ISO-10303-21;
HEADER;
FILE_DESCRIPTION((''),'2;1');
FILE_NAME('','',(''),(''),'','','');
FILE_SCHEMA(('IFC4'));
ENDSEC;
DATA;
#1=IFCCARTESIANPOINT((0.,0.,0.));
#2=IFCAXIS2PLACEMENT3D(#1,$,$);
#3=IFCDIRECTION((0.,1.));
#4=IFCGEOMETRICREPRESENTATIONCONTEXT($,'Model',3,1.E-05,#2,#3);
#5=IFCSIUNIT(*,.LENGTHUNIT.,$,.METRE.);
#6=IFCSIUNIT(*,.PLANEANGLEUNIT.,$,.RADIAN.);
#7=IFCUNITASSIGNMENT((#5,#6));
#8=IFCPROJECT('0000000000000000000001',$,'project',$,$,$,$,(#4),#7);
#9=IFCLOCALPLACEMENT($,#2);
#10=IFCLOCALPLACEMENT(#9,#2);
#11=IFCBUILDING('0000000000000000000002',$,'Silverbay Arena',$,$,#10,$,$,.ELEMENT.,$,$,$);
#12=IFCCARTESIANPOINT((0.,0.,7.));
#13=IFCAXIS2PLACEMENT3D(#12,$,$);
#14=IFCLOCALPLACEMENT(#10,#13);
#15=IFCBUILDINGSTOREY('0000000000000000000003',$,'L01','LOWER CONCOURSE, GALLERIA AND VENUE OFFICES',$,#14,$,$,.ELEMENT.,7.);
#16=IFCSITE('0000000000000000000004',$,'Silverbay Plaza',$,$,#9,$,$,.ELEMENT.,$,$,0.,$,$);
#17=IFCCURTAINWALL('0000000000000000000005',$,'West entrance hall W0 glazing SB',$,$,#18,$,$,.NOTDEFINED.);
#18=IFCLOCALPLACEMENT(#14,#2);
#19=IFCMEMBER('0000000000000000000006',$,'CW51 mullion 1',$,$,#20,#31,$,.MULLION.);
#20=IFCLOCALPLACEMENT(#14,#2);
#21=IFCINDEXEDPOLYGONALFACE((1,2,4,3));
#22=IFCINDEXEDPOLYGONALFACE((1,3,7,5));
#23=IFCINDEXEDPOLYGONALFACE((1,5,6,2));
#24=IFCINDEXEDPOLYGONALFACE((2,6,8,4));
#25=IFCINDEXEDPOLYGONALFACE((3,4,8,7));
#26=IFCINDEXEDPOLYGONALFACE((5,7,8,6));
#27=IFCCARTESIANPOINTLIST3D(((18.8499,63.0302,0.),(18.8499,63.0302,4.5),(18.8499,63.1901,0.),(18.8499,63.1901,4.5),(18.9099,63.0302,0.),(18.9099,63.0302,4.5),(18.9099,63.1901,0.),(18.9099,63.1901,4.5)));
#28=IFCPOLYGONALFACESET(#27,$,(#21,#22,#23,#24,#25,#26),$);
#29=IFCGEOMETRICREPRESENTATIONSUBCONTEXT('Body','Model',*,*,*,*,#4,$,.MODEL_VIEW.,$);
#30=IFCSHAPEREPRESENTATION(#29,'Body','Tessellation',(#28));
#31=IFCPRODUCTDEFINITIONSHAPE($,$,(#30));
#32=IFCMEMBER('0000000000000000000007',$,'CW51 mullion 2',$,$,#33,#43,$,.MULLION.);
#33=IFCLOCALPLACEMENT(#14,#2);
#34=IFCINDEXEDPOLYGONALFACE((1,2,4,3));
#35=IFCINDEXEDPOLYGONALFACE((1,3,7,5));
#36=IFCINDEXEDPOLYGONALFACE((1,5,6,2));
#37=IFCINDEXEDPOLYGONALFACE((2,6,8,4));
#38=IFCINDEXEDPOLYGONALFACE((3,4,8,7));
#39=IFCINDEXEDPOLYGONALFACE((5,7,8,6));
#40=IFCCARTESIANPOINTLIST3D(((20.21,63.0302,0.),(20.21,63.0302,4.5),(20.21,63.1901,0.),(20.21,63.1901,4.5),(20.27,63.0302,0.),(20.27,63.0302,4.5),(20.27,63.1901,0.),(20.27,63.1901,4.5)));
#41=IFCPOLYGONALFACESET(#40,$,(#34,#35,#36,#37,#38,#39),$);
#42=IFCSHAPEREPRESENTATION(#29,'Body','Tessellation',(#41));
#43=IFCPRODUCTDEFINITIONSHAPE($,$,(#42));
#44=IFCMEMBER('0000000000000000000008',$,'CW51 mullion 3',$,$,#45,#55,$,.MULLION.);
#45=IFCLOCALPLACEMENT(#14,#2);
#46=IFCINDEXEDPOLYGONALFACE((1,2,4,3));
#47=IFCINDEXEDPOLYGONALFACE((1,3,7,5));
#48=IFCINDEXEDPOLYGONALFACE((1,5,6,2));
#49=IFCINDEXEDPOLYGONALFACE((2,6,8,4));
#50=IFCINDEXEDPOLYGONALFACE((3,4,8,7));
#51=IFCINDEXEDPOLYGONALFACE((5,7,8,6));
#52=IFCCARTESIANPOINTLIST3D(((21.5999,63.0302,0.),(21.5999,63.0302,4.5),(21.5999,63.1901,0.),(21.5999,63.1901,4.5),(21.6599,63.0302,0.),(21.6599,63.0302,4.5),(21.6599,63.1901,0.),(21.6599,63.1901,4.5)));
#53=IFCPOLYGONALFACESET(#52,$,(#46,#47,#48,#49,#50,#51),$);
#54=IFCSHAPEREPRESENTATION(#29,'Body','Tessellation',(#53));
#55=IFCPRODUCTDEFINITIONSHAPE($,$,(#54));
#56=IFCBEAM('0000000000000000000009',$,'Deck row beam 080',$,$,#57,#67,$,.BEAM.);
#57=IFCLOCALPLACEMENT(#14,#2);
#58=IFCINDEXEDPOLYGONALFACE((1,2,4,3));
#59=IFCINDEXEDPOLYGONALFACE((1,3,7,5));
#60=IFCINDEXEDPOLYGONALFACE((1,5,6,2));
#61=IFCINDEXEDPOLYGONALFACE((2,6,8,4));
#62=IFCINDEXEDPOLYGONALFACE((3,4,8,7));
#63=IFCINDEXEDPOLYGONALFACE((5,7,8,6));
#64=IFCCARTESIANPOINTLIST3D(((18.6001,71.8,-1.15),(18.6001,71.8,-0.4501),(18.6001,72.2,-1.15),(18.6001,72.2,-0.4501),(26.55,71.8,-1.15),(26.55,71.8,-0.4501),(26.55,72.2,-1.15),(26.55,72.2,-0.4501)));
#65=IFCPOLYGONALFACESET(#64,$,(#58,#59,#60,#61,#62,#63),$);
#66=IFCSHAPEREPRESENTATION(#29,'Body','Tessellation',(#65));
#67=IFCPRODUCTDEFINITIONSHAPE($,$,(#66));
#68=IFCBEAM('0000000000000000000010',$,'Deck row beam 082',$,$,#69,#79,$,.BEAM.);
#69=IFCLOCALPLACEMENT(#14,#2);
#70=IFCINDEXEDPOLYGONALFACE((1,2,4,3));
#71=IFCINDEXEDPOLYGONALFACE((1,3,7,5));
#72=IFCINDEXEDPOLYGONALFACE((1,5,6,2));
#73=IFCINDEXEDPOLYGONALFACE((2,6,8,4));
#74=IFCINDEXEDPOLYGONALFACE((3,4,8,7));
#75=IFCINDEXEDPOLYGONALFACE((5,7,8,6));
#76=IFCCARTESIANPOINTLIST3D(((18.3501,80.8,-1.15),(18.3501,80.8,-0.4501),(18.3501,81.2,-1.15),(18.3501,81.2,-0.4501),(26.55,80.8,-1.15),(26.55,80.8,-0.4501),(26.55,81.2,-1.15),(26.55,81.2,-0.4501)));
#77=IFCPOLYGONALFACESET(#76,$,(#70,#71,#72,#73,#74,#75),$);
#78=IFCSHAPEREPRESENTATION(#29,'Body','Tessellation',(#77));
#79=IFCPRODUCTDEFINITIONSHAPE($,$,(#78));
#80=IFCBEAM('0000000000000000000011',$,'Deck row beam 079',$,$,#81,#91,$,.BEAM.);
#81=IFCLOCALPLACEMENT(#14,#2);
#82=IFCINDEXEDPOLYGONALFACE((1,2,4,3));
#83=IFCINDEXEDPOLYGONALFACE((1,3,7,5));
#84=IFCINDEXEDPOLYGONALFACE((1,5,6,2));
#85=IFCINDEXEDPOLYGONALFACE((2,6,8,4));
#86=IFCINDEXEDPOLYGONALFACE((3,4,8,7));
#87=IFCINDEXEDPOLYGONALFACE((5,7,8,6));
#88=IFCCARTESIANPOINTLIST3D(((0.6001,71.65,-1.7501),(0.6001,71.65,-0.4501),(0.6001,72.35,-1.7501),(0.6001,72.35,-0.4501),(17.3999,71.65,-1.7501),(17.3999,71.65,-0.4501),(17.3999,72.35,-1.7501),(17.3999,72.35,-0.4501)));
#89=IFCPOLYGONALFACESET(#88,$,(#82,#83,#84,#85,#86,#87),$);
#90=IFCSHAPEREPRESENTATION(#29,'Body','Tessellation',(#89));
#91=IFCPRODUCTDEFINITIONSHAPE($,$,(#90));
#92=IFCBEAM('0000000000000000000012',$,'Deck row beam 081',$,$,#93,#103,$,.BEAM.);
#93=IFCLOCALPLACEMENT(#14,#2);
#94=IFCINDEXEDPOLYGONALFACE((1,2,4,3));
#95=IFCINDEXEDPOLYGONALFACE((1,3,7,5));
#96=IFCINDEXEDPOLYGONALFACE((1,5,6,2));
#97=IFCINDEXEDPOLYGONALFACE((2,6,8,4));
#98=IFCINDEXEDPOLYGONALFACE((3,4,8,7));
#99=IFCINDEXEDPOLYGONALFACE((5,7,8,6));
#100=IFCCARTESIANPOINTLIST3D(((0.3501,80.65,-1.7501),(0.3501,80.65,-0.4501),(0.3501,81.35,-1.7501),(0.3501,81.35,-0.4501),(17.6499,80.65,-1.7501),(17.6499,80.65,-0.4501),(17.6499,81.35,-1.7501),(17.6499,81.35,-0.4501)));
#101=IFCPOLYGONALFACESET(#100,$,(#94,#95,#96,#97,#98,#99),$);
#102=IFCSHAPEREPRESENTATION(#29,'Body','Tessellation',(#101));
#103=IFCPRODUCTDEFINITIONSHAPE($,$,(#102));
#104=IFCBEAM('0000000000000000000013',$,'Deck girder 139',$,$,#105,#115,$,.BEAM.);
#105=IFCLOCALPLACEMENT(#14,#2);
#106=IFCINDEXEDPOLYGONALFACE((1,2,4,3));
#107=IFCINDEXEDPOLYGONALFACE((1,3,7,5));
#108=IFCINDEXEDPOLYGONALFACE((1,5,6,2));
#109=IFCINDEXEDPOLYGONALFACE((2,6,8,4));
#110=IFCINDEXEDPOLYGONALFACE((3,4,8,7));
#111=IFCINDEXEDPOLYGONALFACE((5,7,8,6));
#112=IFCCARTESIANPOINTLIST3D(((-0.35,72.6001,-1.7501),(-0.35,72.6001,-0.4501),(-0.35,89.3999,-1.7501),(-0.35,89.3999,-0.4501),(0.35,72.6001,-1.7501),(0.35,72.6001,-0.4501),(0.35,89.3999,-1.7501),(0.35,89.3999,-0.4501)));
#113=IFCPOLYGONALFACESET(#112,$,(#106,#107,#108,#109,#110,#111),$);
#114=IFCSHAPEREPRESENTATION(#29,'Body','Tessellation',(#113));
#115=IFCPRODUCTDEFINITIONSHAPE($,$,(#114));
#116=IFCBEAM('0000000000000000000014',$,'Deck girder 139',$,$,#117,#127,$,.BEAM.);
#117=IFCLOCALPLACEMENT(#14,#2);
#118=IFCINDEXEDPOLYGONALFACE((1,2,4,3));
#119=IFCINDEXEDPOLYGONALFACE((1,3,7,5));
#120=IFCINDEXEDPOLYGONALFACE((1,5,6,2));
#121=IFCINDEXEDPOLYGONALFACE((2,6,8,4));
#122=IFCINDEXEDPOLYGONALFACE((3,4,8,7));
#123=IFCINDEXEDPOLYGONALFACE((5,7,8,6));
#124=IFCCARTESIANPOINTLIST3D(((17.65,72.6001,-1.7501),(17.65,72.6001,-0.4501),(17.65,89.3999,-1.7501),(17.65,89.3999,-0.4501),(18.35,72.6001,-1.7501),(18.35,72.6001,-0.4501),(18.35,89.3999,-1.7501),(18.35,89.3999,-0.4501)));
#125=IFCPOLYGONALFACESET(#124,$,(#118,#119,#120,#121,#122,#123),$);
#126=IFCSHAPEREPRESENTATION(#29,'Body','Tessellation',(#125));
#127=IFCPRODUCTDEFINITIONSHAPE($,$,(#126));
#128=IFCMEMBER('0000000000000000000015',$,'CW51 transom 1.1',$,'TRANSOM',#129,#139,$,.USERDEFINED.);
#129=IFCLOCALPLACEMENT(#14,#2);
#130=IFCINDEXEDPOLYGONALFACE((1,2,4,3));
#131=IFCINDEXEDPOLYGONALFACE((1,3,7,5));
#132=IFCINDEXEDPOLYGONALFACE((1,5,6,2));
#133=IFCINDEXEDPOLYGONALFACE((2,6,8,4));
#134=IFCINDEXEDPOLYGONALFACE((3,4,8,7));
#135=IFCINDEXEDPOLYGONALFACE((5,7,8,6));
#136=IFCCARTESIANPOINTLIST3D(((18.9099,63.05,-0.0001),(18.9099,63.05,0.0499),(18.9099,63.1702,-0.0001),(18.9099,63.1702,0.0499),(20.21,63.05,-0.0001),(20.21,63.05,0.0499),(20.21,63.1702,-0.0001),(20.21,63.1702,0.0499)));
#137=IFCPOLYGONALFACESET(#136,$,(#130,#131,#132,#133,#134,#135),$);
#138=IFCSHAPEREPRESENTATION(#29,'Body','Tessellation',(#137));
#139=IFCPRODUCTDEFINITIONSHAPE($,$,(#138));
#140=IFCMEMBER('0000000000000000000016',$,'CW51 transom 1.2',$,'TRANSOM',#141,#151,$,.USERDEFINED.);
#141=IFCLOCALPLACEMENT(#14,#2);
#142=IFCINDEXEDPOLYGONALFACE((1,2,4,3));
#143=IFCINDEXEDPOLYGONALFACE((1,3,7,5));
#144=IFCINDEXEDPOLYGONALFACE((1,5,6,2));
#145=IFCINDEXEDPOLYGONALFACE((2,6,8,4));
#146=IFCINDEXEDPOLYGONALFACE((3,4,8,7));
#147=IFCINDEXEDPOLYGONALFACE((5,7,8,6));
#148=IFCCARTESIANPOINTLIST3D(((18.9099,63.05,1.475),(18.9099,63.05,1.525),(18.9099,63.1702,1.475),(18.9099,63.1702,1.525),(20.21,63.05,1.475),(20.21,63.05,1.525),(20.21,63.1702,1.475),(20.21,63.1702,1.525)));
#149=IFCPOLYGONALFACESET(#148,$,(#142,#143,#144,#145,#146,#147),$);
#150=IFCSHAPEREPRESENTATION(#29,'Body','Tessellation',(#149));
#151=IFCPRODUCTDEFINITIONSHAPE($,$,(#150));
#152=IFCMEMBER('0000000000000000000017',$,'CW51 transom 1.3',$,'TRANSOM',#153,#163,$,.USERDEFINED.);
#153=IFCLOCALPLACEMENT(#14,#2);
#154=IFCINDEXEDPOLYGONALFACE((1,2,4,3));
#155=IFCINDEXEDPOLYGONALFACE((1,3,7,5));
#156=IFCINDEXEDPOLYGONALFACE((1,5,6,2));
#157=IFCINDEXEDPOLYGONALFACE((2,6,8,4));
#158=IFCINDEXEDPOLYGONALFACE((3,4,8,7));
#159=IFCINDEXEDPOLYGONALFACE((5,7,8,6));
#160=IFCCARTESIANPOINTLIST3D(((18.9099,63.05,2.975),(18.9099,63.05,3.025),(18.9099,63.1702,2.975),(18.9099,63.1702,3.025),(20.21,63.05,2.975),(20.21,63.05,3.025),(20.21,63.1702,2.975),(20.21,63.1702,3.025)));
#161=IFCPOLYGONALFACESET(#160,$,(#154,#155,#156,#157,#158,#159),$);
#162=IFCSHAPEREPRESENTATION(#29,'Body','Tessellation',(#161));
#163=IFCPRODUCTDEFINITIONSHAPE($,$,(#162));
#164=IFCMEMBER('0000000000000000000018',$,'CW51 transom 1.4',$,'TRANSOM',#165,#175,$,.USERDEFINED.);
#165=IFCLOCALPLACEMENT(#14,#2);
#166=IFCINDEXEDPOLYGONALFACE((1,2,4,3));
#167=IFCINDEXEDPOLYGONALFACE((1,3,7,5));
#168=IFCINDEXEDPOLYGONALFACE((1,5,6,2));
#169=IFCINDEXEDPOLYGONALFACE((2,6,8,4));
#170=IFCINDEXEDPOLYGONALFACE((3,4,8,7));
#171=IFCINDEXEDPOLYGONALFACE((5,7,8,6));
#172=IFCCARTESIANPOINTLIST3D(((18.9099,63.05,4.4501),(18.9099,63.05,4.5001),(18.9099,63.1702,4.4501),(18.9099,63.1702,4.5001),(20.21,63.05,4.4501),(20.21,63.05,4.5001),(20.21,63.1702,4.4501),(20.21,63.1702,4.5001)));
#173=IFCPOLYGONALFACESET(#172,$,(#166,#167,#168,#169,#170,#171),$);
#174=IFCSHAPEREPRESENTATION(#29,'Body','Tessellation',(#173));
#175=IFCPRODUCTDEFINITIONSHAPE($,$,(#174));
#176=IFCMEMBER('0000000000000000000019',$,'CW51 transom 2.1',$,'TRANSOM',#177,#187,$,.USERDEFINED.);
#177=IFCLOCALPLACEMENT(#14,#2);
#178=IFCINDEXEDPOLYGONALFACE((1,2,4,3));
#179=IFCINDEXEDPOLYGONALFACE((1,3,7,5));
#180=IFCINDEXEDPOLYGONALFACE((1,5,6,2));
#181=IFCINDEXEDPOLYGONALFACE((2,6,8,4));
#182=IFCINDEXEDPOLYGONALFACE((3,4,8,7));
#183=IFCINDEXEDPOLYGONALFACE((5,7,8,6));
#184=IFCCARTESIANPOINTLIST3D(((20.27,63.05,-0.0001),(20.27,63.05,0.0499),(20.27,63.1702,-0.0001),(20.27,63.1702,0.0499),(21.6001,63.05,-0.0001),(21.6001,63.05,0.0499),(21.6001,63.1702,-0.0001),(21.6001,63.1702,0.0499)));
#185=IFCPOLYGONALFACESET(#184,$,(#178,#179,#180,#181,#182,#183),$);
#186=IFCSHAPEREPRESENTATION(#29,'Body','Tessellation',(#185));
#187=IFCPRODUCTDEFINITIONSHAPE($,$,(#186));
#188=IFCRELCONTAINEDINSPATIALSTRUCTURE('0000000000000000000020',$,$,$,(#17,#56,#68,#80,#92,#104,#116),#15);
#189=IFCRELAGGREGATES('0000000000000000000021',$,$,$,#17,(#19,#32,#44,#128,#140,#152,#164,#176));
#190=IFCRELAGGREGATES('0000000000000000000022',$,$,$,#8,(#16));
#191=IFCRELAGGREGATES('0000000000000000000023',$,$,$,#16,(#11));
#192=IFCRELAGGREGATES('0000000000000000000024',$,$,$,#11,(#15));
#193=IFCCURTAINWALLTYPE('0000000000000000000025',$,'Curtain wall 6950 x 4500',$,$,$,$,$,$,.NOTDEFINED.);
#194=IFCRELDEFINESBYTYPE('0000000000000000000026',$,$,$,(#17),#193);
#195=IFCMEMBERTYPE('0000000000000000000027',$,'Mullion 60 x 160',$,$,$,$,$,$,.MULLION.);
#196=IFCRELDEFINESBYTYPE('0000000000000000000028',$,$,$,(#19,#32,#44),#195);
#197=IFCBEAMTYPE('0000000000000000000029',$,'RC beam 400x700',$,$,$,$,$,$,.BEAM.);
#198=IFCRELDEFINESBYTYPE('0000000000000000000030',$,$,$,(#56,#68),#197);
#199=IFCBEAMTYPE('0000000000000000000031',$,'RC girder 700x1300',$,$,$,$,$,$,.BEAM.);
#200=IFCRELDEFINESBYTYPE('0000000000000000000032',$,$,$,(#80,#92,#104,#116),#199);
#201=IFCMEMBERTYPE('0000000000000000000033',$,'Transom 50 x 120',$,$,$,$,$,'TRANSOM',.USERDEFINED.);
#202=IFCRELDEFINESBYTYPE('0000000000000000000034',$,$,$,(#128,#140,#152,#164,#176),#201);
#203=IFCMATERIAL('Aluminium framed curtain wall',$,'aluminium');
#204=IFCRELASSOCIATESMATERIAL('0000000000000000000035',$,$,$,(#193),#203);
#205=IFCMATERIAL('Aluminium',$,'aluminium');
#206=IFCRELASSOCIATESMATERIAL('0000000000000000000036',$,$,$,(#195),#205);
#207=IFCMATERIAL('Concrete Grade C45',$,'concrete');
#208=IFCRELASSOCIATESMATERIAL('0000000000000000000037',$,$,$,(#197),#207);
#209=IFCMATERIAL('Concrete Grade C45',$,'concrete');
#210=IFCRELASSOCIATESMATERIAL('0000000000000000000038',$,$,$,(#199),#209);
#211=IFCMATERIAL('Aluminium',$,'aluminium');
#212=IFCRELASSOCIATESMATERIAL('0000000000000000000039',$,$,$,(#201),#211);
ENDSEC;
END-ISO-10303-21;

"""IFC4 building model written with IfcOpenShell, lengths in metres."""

from ifc_helpers import new_model, si_unit, direction, frame, origin, origin_2d, place, context, subcontext, project, spatial, rectangle, extrude, material, material_profile, profile_set, type_object, element, aggregate, save


model = new_model("IFC4")

# Units and contexts
model_context = context("Model", 3, precision=1e-05, world=origin(), true_north=direction((0.0, 1.0)))
body_context = subcontext(model_context, "Body", "Model", "MODEL_VIEW")
ifc_project = project(units=[si_unit("LENGTHUNIT", "METRE"), si_unit("PLANEANGLEUNIT", "RADIAN")], contexts=[model_context])

# Site, building, storey
site_placement = place(None, origin())
site = spatial("IfcSite", under=ifc_project, at=site_placement, Name="Silverbay Plaza", CompositionType="ELEMENT", RefElevation=0.0)
building_placement = place(site_placement, origin())
building = spatial("IfcBuilding", under=site, at=building_placement, Name="Silverbay Arena", CompositionType="ELEMENT")
storey_placement = place(building_placement, frame((0.0, 0.0, 7.0)))
storey = spatial("IfcBuildingStorey", under=building, at=storey_placement, Name="L01", Description="LOWER CONCOURSE, GALLERIA AND VENUE OFFICES", CompositionType="ELEMENT", Elevation=7.0)

# Curtain wall, members
ifc_material_1 = material(Name="Aluminium framed curtain wall", Category="aluminium")
curtain_wall_type = type_object("IfcCurtainWallType", Name="Curtain wall 6950 x 4500", PredefinedType="NOTDEFINED", material=ifc_material_1)
curtain_wall_placement = place(storey_placement, origin())
curtain_wall = element("IfcCurtainWall", 1, at=curtain_wall_placement, inside=storey, type_object=curtain_wall_type, Name="West entrance hall W0 glazing SB", PredefinedType="NOTDEFINED")
ifc_material_2 = material(Name="Aluminium", Category="aluminium")
ifc_material_profile_1 = material_profile(ifc_material_2, rectangle(XDim=0.1599, YDim=0.0601, at=origin_2d()), Name="Mullion 60 x 160")
ifc_profile_set_1 = profile_set([ifc_material_profile_1], Name="Aluminium")
member_type_1 = type_object("IfcMemberType", Name="Mullion 60 x 160", PredefinedType="MULLION", material=ifc_profile_set_1)
member_1_placement = place(storey_placement, frame((18.8799, 63.1101, 0.0), z_axis=(0.0, 0.0, 1.0), x_axis=(0.0, 1.0, 0.0)))
member_1 = element("IfcMember", 2, at=member_1_placement, type_object=member_type_1, Name="CW51 mullion 1", PredefinedType="MULLION", context=body_context, shape_type="SweptSolid", body=[
    extrude(rectangle(XDim=0.1599, YDim=0.0601, at=origin_2d()), origin(), (0.0, 0.0, 1.0), 4.5),
])
member_2_placement = place(storey_placement, frame((20.24, 63.1101, 0.0), z_axis=(0.0, 0.0, 1.0), x_axis=(0.0, 1.0, 0.0)))
member_2 = element("IfcMember", 3, at=member_2_placement, type_object=member_type_1, Name="CW51 mullion 2", PredefinedType="MULLION", context=body_context, shape_type="SweptSolid", body=[
    extrude(rectangle(XDim=0.1599, YDim=0.0601, at=origin_2d()), origin(), (0.0, 0.0, 1.0), 4.5),
])
member_3_placement = place(storey_placement, frame((21.6299, 63.1101, 0.0), z_axis=(0.0, 0.0, 1.0), x_axis=(0.0, 1.0, 0.0)))
member_3 = element("IfcMember", 4, at=member_3_placement, type_object=member_type_1, Name="CW51 mullion 3", PredefinedType="MULLION", context=body_context, shape_type="SweptSolid", body=[
    extrude(rectangle(XDim=0.1599, YDim=0.0601, at=origin_2d()), origin(), (0.0, 0.0, 1.0), 4.5),
])

# Beams
ifc_material_3 = material(Name="Concrete Grade C45", Category="concrete")
ifc_material_profile_2 = material_profile(ifc_material_3, rectangle(XDim=0.3999, YDim=0.7, at=origin_2d()), Name="RC 400x700")
ifc_profile_set_2 = profile_set([ifc_material_profile_2], Name="Concrete Grade C45")
beam_type_1 = type_object("IfcBeamType", Name="RC beam 400x700", PredefinedType="BEAM", material=ifc_profile_set_2)
beam_1_placement = place(storey_placement, frame((18.6001, 72.0, -0.8), z_axis=(1.0, 0.0, 0.0), x_axis=(0.0, 1.0, 0.0)))
element("IfcBeam", 5, at=beam_1_placement, inside=storey, type_object=beam_type_1, Name="Deck row beam 080", PredefinedType="BEAM", context=body_context, shape_type="SweptSolid", body=[
    extrude(rectangle(XDim=0.3999, YDim=0.7, at=origin_2d()), origin(), (0.0, 0.0, 1.0), 7.95),
])
beam_2_placement = place(storey_placement, frame((18.3501, 81.0, -0.8), z_axis=(1.0, 0.0, 0.0), x_axis=(0.0, 1.0, 0.0)))
element("IfcBeam", 6, at=beam_2_placement, inside=storey, type_object=beam_type_1, Name="Deck row beam 082", PredefinedType="BEAM", context=body_context, shape_type="SweptSolid", body=[
    extrude(rectangle(XDim=0.3999, YDim=0.7, at=origin_2d()), origin(), (0.0, 0.0, 1.0), 8.2),
])
ifc_material_4 = material(Name="Concrete Grade C45", Category="concrete")
ifc_material_profile_3 = material_profile(ifc_material_4, rectangle(XDim=0.7, YDim=1.3, at=origin_2d()), Name="RC 700x1300")
ifc_profile_set_3 = profile_set([ifc_material_profile_3], Name="Concrete Grade C45")
beam_type_2 = type_object("IfcBeamType", Name="RC girder 700x1300", PredefinedType="BEAM", material=ifc_profile_set_3)
beam_3_placement = place(storey_placement, frame((0.6001, 72.0, -1.1001), z_axis=(1.0, 0.0, 0.0), x_axis=(0.0, 1.0, 0.0)))
element("IfcBeam", 7, at=beam_3_placement, inside=storey, type_object=beam_type_2, Name="Deck row beam 079", PredefinedType="BEAM", context=body_context, shape_type="SweptSolid", body=[
    extrude(rectangle(XDim=0.7, YDim=1.3, at=origin_2d()), origin(), (0.0, 0.0, 1.0), 16.7998),
])
beam_4_placement = place(storey_placement, frame((0.3501, 81.0, -1.1001), z_axis=(1.0, 0.0, 0.0), x_axis=(0.0, 1.0, 0.0)))
element("IfcBeam", 8, at=beam_4_placement, inside=storey, type_object=beam_type_2, Name="Deck row beam 081", PredefinedType="BEAM", context=body_context, shape_type="SweptSolid", body=[
    extrude(rectangle(XDim=0.7, YDim=1.3, at=origin_2d()), origin(), (0.0, 0.0, 1.0), 17.2998),
])
for number, where, z_axis, x_axis, name in (
    (9, (0.0, 72.6001, -1.1001), (0.0, 1.0, 0.0), (-1.0, 0.0, 0.0), "Deck girder 139"),
    (10, (18.0, 72.6001, -1.1001), (0.0, 1.0, 0.0), (-1.0, 0.0, 0.0), "Deck girder 139"),
):
    element("IfcBeam", number, at=place(storey_placement, frame(where, z_axis=z_axis, x_axis=x_axis)), inside=storey, type_object=beam_type_2, Name=name, PredefinedType="BEAM", context=body_context, shape_type="SweptSolid", body=[
        extrude(rectangle(XDim=0.7, YDim=1.3, at=origin_2d()), origin(), (0.0, 0.0, 1.0), 16.7998),
    ])

# Members
ifc_material_5 = material(Name="Aluminium", Category="aluminium")
ifc_material_profile_4 = material_profile(ifc_material_5, rectangle(XDim=0.1201, YDim=0.05, at=origin_2d()), Name="Transom 50 x 120")
ifc_profile_set_4 = profile_set([ifc_material_profile_4], Name="Aluminium")
member_type_2 = type_object("IfcMemberType", Name="Transom 50 x 120", ElementType="TRANSOM", PredefinedType="USERDEFINED", material=ifc_profile_set_4)
member_4_placement = place(storey_placement, frame((18.9099, 63.1101, 0.0249), z_axis=(1.0, 0.0, 0.0), x_axis=(0.0, 1.0, 0.0)))
member_4 = element("IfcMember", 11, at=member_4_placement, type_object=member_type_2, Name="CW51 transom 1.1", ObjectType="TRANSOM", PredefinedType="USERDEFINED", context=body_context, shape_type="SweptSolid", body=[
    extrude(rectangle(XDim=0.1201, YDim=0.05, at=origin_2d()), origin(), (0.0, 0.0, 1.0), 1.3),
])
member_5_placement = place(storey_placement, frame((18.9099, 63.1101, 1.5), z_axis=(1.0, 0.0, 0.0), x_axis=(0.0, 1.0, 0.0)))
member_5 = element("IfcMember", 12, at=member_5_placement, type_object=member_type_2, Name="CW51 transom 1.2", ObjectType="TRANSOM", PredefinedType="USERDEFINED", context=body_context, shape_type="SweptSolid", body=[
    extrude(rectangle(XDim=0.1201, YDim=0.05, at=origin_2d()), origin(), (0.0, 0.0, 1.0), 1.3),
])
member_6_placement = place(storey_placement, frame((18.9099, 63.1101, 3.0), z_axis=(1.0, 0.0, 0.0), x_axis=(0.0, 1.0, 0.0)))
member_6 = element("IfcMember", 13, at=member_6_placement, type_object=member_type_2, Name="CW51 transom 1.3", ObjectType="TRANSOM", PredefinedType="USERDEFINED", context=body_context, shape_type="SweptSolid", body=[
    extrude(rectangle(XDim=0.1201, YDim=0.05, at=origin_2d()), origin(), (0.0, 0.0, 1.0), 1.3),
])
member_7_placement = place(storey_placement, frame((18.9099, 63.1101, 4.4751), z_axis=(1.0, 0.0, 0.0), x_axis=(0.0, 1.0, 0.0)))
member_7 = element("IfcMember", 14, at=member_7_placement, type_object=member_type_2, Name="CW51 transom 1.4", ObjectType="TRANSOM", PredefinedType="USERDEFINED", context=body_context, shape_type="SweptSolid", body=[
    extrude(rectangle(XDim=0.1201, YDim=0.05, at=origin_2d()), origin(), (0.0, 0.0, 1.0), 1.3),
])
member_8_placement = place(storey_placement, frame((20.27, 63.1101, 0.0249), z_axis=(1.0, 0.0, 0.0), x_axis=(0.0, 1.0, 0.0)))
member_8 = element("IfcMember", 15, at=member_8_placement, type_object=member_type_2, Name="CW51 transom 2.1", ObjectType="TRANSOM", PredefinedType="USERDEFINED", context=body_context, shape_type="SweptSolid", body=[
    extrude(rectangle(XDim=0.1201, YDim=0.05, at=origin_2d()), origin(), (0.0, 0.0, 1.0), 1.3301),
])

aggregate(curtain_wall, [member_1, member_2, member_3, member_4, member_5, member_6, member_7, member_8])

save(model, "model.ifc")
